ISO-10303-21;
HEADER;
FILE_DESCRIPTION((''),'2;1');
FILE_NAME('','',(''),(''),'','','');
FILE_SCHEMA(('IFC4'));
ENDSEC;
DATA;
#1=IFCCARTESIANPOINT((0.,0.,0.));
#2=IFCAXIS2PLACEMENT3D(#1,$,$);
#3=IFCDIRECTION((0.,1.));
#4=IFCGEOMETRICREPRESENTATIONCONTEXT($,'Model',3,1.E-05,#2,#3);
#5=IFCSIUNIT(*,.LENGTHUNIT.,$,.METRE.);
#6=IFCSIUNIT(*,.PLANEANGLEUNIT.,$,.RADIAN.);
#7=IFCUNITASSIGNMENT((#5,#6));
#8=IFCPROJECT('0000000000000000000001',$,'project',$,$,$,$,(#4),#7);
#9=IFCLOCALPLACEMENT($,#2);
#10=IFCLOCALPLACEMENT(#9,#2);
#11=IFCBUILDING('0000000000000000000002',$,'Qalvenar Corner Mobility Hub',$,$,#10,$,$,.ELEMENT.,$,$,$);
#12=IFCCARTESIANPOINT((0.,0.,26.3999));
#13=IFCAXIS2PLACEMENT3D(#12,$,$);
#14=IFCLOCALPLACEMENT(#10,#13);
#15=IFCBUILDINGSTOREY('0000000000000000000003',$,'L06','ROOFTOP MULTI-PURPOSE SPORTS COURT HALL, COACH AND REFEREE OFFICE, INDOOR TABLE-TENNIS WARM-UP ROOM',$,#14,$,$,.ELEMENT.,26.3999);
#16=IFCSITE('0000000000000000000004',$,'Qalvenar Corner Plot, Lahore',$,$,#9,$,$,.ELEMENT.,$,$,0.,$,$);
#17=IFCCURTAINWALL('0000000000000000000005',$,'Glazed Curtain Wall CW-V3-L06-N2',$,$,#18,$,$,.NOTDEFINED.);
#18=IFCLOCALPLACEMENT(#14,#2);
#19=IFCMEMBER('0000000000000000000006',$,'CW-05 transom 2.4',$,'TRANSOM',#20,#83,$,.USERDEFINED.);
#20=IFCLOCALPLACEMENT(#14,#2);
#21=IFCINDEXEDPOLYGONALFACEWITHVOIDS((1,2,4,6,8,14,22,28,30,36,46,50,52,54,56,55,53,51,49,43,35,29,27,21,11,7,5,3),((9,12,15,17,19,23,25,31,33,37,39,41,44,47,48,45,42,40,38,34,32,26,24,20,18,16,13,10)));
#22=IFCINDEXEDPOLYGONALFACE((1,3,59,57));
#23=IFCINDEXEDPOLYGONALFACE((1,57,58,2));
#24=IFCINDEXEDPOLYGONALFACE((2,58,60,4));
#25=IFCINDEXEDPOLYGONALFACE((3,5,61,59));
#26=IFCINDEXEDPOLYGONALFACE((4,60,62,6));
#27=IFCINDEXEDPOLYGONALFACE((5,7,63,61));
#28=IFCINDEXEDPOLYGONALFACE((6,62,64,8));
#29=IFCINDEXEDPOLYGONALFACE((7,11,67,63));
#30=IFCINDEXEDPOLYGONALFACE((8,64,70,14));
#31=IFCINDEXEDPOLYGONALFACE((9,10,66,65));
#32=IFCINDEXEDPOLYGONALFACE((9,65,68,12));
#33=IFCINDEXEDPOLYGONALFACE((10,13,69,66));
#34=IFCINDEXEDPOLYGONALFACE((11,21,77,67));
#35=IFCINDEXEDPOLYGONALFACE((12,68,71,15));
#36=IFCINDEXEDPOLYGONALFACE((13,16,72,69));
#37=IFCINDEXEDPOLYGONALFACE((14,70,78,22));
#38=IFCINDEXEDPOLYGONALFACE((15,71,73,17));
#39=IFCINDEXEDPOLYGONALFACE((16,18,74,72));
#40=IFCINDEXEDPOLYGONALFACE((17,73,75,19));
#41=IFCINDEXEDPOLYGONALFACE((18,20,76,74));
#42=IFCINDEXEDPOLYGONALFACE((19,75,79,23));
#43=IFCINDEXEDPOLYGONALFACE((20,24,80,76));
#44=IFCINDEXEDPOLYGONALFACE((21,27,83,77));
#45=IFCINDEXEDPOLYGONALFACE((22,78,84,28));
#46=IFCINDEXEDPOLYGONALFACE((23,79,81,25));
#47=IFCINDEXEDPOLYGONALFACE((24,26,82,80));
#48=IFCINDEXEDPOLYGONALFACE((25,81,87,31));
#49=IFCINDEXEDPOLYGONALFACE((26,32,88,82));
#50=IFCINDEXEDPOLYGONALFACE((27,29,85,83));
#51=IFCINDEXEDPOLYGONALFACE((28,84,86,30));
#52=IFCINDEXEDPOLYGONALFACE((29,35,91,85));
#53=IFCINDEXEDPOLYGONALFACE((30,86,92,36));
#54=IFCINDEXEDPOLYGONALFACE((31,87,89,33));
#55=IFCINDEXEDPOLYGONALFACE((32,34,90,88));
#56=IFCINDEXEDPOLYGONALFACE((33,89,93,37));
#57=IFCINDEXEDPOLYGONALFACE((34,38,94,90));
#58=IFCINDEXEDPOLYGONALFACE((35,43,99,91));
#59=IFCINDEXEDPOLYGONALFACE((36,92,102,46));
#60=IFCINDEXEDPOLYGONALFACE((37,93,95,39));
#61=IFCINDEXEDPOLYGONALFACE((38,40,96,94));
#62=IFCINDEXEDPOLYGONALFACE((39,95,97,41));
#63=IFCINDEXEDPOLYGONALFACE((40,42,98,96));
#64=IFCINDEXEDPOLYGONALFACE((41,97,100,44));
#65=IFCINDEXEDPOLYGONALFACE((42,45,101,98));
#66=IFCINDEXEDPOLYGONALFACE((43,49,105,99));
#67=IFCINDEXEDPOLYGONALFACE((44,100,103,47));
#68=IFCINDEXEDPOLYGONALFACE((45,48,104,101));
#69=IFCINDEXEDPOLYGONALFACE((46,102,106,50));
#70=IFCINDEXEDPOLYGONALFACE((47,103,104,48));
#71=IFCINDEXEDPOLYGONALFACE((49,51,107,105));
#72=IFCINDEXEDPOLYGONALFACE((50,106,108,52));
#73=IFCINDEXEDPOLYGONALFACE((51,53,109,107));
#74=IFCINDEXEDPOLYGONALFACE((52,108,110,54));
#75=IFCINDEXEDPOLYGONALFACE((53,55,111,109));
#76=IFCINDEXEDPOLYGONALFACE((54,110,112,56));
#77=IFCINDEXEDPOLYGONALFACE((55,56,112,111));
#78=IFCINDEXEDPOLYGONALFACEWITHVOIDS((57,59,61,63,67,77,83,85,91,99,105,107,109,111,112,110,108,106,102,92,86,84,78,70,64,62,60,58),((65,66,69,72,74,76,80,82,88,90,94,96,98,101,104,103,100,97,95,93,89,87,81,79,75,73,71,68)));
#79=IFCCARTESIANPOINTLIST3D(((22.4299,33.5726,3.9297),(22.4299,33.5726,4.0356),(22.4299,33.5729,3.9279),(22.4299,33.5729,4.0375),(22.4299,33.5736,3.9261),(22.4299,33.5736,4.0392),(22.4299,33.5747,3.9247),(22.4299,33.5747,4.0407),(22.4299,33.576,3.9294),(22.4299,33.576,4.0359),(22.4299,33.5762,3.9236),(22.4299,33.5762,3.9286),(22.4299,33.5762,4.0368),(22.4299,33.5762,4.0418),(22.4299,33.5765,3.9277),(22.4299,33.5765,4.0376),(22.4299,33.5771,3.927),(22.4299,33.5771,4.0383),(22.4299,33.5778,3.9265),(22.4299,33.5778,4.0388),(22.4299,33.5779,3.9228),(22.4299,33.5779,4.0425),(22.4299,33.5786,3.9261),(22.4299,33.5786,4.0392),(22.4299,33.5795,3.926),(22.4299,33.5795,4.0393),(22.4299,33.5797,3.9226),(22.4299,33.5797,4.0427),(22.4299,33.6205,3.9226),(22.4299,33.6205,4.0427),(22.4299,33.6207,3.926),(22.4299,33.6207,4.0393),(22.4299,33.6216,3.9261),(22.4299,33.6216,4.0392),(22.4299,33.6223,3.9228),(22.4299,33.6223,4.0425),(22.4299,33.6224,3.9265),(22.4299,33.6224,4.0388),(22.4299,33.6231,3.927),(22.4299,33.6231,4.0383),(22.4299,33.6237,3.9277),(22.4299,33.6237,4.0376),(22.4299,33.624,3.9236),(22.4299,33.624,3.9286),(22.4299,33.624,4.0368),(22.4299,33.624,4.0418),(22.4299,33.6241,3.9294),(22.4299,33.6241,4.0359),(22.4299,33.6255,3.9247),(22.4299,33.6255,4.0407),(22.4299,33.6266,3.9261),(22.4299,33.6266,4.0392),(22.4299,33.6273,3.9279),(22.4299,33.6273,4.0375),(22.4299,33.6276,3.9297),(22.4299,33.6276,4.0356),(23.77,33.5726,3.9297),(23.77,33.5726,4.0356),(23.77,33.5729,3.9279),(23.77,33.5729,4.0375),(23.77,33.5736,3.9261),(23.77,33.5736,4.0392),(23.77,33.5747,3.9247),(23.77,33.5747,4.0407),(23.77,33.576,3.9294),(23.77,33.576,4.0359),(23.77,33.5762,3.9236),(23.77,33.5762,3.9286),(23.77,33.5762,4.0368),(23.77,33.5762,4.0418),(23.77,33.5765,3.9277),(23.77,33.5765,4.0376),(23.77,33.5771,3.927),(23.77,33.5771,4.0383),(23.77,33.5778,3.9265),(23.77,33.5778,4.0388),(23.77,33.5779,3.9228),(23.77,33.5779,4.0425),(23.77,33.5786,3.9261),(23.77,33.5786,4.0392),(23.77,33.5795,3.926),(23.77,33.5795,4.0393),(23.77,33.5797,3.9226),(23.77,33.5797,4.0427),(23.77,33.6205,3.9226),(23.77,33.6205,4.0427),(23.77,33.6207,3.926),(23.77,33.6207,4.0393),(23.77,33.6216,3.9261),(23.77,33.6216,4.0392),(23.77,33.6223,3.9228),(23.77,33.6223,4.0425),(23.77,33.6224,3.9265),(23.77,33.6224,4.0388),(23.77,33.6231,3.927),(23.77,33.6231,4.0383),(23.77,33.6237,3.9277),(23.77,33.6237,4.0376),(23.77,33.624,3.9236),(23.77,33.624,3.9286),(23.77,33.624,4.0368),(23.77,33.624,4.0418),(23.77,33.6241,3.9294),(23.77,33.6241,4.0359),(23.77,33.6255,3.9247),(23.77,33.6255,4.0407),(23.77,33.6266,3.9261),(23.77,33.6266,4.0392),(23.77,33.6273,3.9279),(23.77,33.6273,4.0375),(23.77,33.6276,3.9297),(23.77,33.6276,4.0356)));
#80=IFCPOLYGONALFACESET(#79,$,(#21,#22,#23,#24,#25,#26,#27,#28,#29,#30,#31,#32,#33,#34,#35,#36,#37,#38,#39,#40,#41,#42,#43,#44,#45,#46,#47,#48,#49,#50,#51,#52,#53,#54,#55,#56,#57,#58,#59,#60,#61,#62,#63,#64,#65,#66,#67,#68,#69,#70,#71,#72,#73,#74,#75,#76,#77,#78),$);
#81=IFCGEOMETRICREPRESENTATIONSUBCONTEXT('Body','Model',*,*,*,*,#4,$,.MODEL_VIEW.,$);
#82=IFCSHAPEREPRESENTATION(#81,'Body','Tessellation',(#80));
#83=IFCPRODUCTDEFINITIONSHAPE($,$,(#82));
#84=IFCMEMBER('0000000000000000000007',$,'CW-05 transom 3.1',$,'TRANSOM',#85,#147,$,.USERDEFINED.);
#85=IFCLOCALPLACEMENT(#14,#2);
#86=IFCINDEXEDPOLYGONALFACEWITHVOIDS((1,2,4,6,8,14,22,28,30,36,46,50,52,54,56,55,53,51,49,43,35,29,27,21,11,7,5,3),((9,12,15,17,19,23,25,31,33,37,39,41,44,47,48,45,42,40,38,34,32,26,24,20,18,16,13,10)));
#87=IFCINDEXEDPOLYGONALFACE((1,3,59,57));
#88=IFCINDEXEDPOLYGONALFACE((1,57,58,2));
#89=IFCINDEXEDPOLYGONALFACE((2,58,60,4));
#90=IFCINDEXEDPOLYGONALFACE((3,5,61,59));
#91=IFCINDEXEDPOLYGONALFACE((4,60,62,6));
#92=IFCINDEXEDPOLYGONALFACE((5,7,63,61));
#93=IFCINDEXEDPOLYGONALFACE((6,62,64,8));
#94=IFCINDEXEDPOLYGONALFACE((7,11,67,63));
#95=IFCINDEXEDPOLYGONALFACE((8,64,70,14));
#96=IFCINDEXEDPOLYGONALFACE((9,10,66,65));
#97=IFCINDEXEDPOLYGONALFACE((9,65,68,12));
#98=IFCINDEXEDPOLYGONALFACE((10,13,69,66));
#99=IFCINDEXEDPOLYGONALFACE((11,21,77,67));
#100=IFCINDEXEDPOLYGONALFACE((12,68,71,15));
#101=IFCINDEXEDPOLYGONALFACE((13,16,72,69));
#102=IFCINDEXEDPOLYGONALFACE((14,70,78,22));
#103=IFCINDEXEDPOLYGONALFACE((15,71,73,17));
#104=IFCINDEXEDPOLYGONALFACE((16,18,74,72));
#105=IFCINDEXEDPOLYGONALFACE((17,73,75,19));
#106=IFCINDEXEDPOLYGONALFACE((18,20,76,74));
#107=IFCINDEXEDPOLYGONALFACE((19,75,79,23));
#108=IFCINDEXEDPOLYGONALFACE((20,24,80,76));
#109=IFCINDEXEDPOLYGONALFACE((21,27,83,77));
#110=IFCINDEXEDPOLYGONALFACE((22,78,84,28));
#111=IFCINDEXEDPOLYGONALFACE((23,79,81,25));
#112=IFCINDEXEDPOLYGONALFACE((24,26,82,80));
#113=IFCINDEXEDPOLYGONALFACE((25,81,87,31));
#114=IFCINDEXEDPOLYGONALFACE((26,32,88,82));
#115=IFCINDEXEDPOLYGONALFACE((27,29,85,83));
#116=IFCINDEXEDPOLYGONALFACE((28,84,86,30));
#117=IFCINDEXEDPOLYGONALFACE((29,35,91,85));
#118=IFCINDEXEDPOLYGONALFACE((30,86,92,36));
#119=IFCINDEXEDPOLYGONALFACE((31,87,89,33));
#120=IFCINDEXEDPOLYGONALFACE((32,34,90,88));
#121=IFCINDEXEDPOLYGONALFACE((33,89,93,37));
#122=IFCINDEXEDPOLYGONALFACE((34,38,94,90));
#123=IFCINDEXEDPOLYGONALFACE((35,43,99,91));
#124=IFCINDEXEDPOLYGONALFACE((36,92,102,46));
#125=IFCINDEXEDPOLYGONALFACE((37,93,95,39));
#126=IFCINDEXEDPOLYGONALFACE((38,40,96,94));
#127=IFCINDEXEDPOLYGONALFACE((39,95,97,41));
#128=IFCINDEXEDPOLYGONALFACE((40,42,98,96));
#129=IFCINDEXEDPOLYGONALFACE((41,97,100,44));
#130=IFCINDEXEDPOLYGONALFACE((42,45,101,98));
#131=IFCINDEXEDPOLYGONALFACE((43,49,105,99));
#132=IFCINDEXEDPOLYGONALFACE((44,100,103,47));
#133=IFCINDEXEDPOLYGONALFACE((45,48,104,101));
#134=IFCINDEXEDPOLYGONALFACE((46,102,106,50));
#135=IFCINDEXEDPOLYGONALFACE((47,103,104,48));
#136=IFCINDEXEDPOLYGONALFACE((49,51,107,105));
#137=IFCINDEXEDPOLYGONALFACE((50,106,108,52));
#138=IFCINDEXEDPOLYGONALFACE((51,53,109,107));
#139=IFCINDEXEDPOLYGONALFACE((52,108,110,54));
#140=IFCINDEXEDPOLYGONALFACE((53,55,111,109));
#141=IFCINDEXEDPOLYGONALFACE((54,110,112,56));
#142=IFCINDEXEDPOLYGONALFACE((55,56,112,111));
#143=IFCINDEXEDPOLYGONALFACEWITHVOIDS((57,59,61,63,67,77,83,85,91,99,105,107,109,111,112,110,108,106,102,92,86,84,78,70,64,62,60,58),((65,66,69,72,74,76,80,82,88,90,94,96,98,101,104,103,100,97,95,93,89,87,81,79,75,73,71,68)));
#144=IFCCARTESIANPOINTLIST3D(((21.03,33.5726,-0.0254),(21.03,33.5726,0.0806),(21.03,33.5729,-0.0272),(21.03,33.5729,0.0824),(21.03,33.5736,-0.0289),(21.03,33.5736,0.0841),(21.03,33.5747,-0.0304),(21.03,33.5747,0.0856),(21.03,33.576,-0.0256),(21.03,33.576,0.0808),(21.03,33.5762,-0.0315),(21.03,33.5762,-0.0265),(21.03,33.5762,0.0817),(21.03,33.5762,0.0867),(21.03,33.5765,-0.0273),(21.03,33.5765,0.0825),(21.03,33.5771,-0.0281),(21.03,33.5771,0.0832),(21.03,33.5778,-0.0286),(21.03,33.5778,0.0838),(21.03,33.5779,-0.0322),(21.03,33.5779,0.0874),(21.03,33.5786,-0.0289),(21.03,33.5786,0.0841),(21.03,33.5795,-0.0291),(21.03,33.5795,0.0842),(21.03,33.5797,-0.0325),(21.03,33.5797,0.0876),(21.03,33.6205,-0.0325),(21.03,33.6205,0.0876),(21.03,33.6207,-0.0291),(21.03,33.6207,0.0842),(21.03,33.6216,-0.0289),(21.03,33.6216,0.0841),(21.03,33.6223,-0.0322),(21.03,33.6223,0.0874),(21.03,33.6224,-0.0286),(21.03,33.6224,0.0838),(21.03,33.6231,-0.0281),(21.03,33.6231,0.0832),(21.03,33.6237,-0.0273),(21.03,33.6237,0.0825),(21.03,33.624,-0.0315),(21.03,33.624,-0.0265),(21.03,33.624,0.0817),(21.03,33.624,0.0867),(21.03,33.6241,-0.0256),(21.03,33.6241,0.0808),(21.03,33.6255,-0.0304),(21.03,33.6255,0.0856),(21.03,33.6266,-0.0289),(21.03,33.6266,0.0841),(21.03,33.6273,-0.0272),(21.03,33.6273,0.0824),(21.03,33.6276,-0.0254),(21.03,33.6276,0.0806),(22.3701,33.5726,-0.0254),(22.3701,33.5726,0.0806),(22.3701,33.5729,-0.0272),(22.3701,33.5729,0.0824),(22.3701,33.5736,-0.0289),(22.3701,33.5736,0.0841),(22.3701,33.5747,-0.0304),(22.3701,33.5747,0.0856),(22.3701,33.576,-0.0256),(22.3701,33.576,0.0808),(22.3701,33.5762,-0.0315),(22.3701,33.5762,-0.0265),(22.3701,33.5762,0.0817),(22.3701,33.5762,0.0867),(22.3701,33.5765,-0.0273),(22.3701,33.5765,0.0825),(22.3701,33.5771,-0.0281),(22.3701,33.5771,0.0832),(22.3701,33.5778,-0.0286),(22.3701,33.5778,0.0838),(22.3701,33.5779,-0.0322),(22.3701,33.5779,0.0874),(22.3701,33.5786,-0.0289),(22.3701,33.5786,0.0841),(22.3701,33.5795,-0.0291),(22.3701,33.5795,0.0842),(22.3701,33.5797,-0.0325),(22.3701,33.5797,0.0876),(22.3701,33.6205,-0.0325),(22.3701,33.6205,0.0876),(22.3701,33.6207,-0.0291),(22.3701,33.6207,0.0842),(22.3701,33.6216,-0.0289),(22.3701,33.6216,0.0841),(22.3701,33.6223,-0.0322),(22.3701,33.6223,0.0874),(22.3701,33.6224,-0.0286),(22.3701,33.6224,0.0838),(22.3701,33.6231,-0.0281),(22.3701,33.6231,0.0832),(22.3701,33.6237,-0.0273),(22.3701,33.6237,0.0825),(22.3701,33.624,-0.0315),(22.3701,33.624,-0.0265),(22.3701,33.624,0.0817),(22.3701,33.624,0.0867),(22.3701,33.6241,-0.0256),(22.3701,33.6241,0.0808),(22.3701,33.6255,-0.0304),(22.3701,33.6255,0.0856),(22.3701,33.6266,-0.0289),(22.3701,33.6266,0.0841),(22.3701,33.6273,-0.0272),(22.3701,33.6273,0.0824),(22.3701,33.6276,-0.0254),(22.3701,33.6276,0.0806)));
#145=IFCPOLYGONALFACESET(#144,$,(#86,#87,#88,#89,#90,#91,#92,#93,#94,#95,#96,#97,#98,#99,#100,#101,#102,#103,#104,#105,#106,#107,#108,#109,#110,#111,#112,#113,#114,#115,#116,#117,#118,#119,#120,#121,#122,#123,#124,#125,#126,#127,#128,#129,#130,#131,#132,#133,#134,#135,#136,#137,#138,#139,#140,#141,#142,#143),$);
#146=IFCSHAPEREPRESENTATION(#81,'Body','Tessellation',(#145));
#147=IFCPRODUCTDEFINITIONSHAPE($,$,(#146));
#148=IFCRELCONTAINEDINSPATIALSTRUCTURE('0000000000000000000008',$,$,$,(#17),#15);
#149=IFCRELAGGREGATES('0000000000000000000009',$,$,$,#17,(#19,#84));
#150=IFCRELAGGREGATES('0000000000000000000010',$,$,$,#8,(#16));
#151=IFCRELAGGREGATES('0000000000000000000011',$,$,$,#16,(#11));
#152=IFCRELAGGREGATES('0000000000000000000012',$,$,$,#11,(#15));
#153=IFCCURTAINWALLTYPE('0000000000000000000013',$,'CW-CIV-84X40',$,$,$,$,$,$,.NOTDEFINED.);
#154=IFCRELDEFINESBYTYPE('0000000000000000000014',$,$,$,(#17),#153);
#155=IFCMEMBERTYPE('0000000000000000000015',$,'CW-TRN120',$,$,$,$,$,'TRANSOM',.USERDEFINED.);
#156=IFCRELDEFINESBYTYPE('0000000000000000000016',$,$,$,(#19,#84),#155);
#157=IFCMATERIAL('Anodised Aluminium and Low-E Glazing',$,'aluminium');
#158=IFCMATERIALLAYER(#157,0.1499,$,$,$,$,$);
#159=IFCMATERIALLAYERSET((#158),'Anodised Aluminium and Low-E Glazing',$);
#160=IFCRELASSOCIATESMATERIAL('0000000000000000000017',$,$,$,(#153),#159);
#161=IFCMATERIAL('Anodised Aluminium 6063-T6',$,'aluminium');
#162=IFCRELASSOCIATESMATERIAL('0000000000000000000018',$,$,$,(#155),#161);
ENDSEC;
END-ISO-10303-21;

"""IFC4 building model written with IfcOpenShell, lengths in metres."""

from ifc_helpers import new_model, si_unit, direction, frame, origin, origin_2d, place, context, subcontext, project, spatial, hollow_rectangle, extrude, material, layer, layer_set, material_profile, profile_set, type_object, element, aggregate, save


model = new_model("IFC4")

# Units and contexts
model_context = context("Model", 3, precision=1e-05, world=origin(), true_north=direction((0.0, 1.0)))
body_context = subcontext(model_context, "Body", "Model", "MODEL_VIEW")
ifc_project = project(units=[si_unit("LENGTHUNIT", "METRE"), si_unit("PLANEANGLEUNIT", "RADIAN")], contexts=[model_context])

# Site, building, storey
site_placement = place(None, origin())
site = spatial("IfcSite", under=ifc_project, at=site_placement, Name="Qalvenar Corner Plot, Lahore", CompositionType="ELEMENT", RefElevation=0.0)
building_placement = place(site_placement, origin())
building = spatial("IfcBuilding", under=site, at=building_placement, Name="Qalvenar Corner Mobility Hub", CompositionType="ELEMENT")
storey_placement = place(building_placement, frame((0.0, 0.0, 26.3999)))
storey = spatial("IfcBuildingStorey", under=building, at=storey_placement, Name="L06", Description="ROOFTOP MULTI-PURPOSE SPORTS COURT HALL, COACH AND REFEREE OFFICE, INDOOR TABLE-TENNIS WARM-UP ROOM", CompositionType="ELEMENT", Elevation=26.3999)

# Curtain wall, members
ifc_material_1 = material(Name="Anodised Aluminium and Low-E Glazing", Category="aluminium")
ifc_layer_1 = layer(ifc_material_1, 0.1499)
ifc_layer_set_1 = layer_set([ifc_layer_1], Name="Anodised Aluminium and Low-E Glazing")
curtain_wall_type = type_object("IfcCurtainWallType", Name="CW-CIV-84X40", PredefinedType="NOTDEFINED", material=ifc_layer_set_1)
curtain_wall_placement = place(storey_placement, origin())
curtain_wall = element("IfcCurtainWall", 1, at=curtain_wall_placement, inside=storey, type_object=curtain_wall_type, Name="Glazed Curtain Wall CW-V3-L06-N2", PredefinedType="NOTDEFINED")
ifc_material_2 = material(Name="Anodised Aluminium 6063-T6", Category="aluminium")
ifc_material_profile_1 = material_profile(ifc_material_2, hollow_rectangle(XDim=0.0549, YDim=0.1201, WallThickness=0.0034, InnerFilletRadius=0.0034, OuterFilletRadius=0.0071, at=origin_2d()), Name="RHS120x55x3.5")
ifc_profile_set_1 = profile_set([ifc_material_profile_1], Name="Anodised Aluminium 6063-T6")
member_type_1 = type_object("IfcMemberType", Name="CW-TRN120", ElementType="TRANSOM", PredefinedType="USERDEFINED", material=ifc_profile_set_1)
member_1_placement = place(storey_placement, frame((23.77, 33.6001, 3.9827), z_axis=(-1.0, 0.0, 0.0), x_axis=(0.0, -1.0, 0.0)))
member_1 = element("IfcMember", 2, at=member_1_placement, type_object=member_type_1, Name="CW-05 transom 2.4", ObjectType="TRANSOM", PredefinedType="USERDEFINED", context=body_context, shape_type="SweptSolid", body=[
    extrude(hollow_rectangle(XDim=0.0549, YDim=0.1201, WallThickness=0.0034, InnerFilletRadius=0.0034, OuterFilletRadius=0.0071, at=origin_2d()), origin(), (0.0, 0.0, 1.0), 1.3401),
])
member_2_placement = place(storey_placement, frame((22.3701, 33.6001, 0.0276), z_axis=(-1.0, 0.0, 0.0), x_axis=(0.0, -1.0, 0.0)))
member_2 = element("IfcMember", 3, at=member_2_placement, type_object=member_type_1, Name="CW-05 transom 3.1", ObjectType="TRANSOM", PredefinedType="USERDEFINED", context=body_context, shape_type="SweptSolid", body=[
    extrude(hollow_rectangle(XDim=0.0549, YDim=0.1201, WallThickness=0.0034, InnerFilletRadius=0.0034, OuterFilletRadius=0.0071, at=origin_2d()), origin(), (0.0, 0.0, 1.0), 1.3401),
])

aggregate(curtain_wall, [member_1, member_2])

save(model, "model.ifc")
